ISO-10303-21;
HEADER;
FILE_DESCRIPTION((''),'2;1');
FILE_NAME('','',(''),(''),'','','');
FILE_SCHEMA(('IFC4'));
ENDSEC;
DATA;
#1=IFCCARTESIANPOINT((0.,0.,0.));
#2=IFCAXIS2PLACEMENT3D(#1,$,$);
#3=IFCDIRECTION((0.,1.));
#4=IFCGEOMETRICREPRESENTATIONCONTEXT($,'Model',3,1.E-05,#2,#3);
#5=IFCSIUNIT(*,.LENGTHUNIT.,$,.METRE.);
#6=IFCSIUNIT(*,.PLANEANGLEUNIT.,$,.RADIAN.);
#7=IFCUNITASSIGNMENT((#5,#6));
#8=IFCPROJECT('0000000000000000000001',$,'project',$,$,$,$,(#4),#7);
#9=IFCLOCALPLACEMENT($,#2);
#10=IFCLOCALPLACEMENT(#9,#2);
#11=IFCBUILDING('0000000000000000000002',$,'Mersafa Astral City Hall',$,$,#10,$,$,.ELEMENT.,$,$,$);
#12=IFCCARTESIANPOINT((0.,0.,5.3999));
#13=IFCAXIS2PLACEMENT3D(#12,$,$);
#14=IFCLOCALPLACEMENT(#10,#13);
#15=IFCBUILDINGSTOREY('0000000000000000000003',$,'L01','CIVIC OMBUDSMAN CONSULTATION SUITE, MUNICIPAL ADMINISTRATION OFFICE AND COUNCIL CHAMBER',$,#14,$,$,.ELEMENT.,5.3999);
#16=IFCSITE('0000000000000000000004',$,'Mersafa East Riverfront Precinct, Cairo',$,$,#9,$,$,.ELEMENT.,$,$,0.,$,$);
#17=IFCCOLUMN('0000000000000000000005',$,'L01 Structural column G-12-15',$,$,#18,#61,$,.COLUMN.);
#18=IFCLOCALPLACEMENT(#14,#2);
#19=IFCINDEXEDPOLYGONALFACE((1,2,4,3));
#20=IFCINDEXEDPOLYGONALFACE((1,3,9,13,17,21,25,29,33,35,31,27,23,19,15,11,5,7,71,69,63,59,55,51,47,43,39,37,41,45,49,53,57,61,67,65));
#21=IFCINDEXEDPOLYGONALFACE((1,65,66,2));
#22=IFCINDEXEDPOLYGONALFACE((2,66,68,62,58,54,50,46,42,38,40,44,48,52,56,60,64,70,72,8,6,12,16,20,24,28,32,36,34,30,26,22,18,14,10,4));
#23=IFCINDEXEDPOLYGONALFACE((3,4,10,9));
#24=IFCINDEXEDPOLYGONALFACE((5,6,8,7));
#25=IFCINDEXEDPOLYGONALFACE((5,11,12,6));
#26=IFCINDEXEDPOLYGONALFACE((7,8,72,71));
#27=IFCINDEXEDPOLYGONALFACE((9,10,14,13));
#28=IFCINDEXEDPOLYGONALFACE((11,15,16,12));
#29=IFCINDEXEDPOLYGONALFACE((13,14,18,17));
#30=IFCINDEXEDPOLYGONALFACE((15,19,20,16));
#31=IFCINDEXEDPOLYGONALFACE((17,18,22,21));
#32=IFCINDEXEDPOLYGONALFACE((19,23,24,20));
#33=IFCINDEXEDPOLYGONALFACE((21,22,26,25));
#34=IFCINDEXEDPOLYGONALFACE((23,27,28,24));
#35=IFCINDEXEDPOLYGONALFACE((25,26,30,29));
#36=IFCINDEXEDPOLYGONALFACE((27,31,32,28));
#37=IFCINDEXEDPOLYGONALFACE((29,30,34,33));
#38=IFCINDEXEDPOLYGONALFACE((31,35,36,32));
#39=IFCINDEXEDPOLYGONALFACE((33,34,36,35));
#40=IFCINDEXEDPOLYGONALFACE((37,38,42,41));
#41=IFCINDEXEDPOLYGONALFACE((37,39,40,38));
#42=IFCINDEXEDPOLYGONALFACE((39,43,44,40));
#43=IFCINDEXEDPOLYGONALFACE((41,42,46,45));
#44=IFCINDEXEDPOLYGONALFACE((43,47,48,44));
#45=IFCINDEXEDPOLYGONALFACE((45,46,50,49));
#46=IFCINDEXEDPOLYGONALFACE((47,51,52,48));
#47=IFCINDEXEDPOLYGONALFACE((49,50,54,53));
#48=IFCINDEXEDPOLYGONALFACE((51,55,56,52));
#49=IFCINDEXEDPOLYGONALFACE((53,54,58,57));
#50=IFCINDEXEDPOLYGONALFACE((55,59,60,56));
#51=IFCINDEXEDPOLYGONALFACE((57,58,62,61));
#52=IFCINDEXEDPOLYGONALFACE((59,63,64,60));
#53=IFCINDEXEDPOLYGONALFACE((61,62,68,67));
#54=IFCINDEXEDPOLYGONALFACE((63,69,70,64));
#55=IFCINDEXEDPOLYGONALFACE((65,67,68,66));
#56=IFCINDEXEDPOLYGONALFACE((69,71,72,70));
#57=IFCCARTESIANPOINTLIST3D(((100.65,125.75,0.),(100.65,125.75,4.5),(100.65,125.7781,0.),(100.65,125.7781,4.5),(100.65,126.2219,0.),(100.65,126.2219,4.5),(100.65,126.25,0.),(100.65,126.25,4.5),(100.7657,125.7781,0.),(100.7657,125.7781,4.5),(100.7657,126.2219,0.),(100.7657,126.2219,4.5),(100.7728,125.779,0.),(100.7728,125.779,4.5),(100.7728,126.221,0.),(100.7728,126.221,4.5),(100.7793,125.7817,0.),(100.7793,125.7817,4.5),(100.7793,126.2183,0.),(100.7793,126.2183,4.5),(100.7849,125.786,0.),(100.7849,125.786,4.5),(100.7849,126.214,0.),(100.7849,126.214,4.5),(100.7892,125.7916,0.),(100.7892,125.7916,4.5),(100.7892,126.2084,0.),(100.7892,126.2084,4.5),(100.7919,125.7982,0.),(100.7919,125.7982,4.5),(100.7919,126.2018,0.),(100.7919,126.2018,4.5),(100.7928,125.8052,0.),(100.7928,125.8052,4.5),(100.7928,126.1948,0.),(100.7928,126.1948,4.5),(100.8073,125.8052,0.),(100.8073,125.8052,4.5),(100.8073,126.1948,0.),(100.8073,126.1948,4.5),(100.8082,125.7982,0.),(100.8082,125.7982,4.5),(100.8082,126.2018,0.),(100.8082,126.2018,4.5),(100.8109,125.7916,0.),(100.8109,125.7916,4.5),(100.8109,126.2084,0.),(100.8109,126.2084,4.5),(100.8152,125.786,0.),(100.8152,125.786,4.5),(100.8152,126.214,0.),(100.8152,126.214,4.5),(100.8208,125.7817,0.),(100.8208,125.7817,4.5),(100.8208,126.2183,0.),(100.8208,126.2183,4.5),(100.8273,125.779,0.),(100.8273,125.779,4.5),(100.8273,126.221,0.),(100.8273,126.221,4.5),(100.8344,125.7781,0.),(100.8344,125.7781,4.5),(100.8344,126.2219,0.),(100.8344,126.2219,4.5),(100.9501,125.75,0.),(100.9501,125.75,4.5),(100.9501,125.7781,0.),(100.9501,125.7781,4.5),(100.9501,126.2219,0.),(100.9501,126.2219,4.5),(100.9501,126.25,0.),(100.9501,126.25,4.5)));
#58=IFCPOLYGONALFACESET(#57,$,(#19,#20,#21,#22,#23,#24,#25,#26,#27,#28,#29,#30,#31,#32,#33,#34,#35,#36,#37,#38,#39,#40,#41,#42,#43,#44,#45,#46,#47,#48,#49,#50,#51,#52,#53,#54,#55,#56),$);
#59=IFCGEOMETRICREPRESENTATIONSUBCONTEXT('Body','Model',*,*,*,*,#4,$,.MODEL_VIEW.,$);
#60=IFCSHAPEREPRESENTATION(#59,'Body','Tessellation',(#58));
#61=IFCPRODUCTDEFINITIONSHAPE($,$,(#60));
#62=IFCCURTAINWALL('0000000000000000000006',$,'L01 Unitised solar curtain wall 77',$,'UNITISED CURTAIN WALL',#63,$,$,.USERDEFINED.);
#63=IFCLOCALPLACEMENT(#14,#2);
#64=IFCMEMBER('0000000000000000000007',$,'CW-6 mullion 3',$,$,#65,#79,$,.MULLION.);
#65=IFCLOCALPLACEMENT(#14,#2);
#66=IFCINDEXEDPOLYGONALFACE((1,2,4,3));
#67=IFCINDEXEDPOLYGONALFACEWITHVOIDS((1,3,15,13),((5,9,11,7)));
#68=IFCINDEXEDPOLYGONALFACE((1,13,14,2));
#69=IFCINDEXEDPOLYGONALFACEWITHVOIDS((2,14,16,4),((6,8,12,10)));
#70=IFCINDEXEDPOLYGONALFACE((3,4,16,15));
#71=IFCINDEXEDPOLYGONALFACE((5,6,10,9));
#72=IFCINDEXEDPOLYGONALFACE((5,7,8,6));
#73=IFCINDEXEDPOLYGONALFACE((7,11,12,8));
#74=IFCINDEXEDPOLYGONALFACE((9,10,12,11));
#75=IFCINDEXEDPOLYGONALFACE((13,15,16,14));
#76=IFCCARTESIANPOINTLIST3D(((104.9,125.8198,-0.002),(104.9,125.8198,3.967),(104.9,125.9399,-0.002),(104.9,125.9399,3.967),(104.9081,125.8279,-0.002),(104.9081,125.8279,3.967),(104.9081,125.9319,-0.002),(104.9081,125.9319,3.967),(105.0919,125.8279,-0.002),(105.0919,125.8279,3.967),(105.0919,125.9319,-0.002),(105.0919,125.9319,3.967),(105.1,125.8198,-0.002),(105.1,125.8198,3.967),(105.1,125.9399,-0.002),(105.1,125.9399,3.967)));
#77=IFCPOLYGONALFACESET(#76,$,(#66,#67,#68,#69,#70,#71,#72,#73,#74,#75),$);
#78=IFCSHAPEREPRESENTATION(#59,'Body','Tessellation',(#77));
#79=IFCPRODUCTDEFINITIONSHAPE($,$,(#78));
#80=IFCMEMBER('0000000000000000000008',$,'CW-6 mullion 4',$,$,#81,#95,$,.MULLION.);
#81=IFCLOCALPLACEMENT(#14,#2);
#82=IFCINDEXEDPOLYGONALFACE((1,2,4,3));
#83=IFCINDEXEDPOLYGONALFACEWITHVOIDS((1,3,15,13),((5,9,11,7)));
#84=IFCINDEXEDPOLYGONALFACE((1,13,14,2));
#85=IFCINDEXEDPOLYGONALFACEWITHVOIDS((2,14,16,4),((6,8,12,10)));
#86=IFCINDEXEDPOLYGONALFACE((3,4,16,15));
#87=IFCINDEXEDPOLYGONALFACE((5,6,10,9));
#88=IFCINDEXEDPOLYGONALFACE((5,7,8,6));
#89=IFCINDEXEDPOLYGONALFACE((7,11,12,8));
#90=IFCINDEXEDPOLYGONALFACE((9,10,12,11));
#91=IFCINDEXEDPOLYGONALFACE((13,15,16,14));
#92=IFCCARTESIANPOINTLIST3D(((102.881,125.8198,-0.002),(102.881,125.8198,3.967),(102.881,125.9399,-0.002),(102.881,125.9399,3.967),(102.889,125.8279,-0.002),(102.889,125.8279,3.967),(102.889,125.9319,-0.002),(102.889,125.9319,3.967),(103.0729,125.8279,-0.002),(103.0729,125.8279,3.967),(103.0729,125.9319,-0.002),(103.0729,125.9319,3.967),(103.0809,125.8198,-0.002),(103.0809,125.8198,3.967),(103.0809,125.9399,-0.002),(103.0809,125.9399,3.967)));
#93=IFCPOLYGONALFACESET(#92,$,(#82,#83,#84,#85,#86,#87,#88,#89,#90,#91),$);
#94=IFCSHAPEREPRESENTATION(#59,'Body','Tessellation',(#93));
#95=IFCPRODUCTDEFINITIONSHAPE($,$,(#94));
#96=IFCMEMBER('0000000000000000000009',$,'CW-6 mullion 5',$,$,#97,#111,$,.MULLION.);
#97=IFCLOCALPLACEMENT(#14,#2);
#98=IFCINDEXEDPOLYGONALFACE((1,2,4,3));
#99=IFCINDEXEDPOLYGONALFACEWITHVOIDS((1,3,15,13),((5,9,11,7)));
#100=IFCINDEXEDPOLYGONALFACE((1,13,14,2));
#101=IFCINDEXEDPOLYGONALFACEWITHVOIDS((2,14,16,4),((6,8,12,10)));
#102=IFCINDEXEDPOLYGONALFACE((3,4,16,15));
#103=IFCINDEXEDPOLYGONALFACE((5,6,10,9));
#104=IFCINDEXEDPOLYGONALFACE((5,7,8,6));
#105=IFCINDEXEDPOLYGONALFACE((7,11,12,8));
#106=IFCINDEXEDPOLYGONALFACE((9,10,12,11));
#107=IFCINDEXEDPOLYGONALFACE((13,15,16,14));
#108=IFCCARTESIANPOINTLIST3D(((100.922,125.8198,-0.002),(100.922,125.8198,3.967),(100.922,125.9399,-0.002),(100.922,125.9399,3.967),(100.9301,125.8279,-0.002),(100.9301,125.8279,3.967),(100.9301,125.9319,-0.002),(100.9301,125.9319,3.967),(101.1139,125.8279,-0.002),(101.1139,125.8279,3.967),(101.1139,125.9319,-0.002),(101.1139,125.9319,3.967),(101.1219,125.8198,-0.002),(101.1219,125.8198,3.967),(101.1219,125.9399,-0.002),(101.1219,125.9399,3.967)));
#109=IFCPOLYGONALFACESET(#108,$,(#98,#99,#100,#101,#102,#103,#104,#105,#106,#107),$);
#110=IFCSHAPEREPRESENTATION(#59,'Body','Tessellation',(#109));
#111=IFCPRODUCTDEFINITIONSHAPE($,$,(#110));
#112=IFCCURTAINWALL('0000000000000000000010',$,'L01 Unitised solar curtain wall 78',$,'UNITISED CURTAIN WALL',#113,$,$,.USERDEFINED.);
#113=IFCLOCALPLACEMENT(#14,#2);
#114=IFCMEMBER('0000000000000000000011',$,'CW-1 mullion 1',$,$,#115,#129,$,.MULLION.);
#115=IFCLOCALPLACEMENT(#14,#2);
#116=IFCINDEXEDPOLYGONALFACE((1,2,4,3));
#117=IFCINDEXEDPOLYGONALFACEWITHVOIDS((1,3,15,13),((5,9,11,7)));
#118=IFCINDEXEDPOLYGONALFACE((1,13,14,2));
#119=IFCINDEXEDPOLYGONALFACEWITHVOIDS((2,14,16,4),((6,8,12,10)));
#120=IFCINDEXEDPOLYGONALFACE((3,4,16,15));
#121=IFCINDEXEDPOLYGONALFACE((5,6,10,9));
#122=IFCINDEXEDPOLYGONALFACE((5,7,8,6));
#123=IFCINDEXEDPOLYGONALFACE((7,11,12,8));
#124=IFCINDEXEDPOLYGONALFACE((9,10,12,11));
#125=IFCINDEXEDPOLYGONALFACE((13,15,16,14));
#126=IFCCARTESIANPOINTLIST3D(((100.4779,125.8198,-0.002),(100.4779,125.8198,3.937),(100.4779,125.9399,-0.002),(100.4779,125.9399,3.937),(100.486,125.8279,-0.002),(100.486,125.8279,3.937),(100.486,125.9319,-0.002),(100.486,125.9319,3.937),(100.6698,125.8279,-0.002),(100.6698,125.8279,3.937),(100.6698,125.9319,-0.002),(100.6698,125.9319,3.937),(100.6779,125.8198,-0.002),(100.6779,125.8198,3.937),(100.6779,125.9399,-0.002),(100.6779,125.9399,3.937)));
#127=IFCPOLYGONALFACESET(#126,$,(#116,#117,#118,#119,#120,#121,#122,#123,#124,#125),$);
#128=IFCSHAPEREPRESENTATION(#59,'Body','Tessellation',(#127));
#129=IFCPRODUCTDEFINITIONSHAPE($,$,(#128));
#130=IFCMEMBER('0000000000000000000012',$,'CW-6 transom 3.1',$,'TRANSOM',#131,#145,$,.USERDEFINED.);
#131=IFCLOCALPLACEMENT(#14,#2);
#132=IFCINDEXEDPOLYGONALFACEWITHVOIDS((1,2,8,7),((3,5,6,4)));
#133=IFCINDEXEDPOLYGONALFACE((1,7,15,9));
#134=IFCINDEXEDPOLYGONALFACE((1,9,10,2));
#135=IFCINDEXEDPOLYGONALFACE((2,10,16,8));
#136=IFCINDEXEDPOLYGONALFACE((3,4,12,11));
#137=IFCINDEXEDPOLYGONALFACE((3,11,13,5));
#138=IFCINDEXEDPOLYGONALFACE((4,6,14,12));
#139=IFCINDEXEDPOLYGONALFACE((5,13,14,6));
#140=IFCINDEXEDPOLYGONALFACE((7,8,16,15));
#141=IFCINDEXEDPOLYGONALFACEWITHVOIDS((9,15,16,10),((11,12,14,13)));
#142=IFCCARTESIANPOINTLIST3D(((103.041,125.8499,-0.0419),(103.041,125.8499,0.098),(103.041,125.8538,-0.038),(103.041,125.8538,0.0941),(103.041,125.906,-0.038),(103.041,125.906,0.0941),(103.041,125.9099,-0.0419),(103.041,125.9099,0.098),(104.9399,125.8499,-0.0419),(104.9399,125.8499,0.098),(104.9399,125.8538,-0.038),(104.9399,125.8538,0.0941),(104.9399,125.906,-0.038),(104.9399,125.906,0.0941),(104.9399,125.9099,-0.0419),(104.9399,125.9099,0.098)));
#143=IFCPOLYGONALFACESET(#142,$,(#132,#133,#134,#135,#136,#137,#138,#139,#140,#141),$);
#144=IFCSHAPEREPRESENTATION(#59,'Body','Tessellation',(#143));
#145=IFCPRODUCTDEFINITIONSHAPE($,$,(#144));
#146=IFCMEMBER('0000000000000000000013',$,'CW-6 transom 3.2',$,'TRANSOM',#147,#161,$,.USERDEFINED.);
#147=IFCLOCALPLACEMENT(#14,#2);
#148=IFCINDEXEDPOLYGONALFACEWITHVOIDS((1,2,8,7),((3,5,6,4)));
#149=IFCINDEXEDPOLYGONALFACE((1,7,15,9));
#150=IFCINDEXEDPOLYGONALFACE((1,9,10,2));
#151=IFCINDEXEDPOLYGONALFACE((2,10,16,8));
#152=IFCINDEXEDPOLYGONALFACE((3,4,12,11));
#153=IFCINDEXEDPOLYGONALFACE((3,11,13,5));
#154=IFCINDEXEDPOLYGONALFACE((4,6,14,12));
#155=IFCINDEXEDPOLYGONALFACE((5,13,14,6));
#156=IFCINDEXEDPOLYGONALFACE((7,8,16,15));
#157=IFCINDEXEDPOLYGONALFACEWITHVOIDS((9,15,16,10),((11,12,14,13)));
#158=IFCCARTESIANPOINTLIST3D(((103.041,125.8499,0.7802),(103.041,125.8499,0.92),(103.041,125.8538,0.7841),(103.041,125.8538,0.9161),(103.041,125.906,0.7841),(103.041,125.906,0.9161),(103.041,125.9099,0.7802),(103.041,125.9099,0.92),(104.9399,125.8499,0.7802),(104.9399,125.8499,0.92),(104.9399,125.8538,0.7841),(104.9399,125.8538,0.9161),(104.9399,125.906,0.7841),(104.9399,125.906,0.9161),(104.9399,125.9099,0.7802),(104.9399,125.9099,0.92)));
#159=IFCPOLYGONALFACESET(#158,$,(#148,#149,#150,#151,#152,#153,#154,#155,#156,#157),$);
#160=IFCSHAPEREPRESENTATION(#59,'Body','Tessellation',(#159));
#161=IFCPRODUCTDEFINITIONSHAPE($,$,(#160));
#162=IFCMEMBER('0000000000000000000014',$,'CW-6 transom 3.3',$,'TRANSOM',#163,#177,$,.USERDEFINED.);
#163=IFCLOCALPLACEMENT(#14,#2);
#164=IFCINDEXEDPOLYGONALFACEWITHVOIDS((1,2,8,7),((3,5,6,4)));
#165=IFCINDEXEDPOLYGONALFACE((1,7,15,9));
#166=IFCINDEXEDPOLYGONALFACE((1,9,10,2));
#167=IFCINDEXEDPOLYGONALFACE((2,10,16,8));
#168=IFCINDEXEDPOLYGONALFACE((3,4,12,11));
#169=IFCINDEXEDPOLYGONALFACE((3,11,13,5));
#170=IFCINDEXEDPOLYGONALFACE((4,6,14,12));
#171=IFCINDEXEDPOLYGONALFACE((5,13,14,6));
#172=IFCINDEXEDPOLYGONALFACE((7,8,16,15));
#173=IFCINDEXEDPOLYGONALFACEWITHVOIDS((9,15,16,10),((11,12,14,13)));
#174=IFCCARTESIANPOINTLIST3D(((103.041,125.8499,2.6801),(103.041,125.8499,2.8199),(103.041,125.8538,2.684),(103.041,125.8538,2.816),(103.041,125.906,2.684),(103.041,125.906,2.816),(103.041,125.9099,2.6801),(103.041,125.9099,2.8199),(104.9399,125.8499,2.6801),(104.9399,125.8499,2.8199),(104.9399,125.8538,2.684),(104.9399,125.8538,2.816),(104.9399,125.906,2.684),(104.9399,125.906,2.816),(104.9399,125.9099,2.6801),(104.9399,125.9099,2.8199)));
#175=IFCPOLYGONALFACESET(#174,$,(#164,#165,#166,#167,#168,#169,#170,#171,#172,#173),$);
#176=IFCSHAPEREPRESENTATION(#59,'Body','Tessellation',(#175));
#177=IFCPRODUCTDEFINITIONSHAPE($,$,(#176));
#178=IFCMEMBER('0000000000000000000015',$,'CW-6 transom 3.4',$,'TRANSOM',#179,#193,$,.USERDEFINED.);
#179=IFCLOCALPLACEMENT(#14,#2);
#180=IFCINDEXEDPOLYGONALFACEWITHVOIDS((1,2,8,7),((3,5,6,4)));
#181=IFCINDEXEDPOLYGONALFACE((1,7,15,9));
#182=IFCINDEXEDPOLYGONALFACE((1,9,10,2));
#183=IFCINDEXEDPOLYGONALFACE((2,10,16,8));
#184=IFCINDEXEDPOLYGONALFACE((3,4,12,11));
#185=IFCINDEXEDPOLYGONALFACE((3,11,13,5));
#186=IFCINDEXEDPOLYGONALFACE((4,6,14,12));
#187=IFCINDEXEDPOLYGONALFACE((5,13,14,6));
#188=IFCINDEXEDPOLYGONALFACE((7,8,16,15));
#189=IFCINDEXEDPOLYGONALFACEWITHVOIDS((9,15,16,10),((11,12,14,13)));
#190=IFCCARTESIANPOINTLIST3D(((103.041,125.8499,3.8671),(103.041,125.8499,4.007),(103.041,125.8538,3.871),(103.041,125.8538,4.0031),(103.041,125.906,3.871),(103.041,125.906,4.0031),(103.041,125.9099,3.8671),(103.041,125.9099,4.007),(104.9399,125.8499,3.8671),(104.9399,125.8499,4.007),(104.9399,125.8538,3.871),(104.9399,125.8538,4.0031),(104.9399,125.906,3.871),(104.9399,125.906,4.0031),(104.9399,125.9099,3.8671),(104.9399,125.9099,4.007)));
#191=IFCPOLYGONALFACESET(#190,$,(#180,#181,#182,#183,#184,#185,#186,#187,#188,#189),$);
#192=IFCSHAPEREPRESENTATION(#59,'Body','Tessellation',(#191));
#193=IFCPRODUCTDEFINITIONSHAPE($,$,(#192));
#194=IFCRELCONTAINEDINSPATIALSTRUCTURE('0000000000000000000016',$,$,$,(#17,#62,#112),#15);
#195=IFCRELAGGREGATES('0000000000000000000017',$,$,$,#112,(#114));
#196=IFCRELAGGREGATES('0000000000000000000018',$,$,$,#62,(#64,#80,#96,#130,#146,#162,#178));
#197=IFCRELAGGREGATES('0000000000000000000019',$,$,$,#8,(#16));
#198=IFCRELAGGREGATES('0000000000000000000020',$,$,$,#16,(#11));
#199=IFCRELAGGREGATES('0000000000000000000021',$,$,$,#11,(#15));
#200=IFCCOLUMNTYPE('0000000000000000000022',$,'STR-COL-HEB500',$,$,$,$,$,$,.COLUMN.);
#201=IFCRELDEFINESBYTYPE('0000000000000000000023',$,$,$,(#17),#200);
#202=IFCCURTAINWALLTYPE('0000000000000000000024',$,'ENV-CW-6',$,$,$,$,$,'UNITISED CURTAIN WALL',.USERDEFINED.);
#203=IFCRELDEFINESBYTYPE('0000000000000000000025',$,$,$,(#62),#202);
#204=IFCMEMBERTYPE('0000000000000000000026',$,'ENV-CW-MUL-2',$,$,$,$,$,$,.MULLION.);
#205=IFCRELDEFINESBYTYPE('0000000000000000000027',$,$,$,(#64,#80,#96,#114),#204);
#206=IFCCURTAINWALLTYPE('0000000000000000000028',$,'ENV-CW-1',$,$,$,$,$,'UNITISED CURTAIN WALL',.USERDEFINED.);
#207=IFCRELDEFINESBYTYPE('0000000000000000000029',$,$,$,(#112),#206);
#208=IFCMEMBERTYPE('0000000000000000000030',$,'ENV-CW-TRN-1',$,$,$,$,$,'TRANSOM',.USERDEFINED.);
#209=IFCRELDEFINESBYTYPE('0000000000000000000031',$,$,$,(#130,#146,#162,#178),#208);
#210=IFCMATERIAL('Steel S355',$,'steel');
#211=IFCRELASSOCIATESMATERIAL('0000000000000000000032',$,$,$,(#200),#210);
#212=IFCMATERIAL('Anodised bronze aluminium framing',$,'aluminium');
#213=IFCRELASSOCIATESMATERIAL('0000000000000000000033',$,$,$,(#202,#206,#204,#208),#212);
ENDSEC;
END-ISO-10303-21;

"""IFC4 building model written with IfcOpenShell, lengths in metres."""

from ifc_helpers import new_model, si_unit, direction, frame, origin, origin_2d, place, context, subcontext, project, spatial, hollow_rectangle, i_section, extrude, material, material_profile, profile_set, type_object, element, aggregate, save


model = new_model("IFC4")

# Units and contexts
model_context = context("Model", 3, precision=1e-05, world=origin(), true_north=direction((0.0, 1.0)))
body_context = subcontext(model_context, "Body", "Model", "MODEL_VIEW")
ifc_project = project(units=[si_unit("LENGTHUNIT", "METRE"), si_unit("PLANEANGLEUNIT", "RADIAN")], contexts=[model_context])

# Site, building, storey
site_placement = place(None, origin())
site = spatial("IfcSite", under=ifc_project, at=site_placement, Name="Mersafa East Riverfront Precinct, Cairo", CompositionType="ELEMENT", RefElevation=0.0)
building_placement = place(site_placement, origin())
building = spatial("IfcBuilding", under=site, at=building_placement, Name="Mersafa Astral City Hall", CompositionType="ELEMENT")
storey_placement = place(building_placement, frame((0.0, 0.0, 5.3999)))
storey = spatial("IfcBuildingStorey", under=building, at=storey_placement, Name="L01", Description="CIVIC OMBUDSMAN CONSULTATION SUITE, MUNICIPAL ADMINISTRATION OFFICE AND COUNCIL CHAMBER", CompositionType="ELEMENT", Elevation=5.3999)

# Column
ifc_material_1 = material(Name="Steel S355", Category="steel")
ifc_material_profile_1 = material_profile(ifc_material_1, i_section(OverallWidth=0.3, OverallDepth=0.5, WebThickness=0.0144, FlangeThickness=0.0281, FilletRadius=0.0271, at=origin_2d()), Name="HEB 500")
ifc_profile_set_1 = profile_set([ifc_material_profile_1], Name="Steel S355")
column_type = type_object("IfcColumnType", Name="STR-COL-HEB500", PredefinedType="COLUMN", material=ifc_profile_set_1)
column_placement = place(storey_placement, frame((100.8, 126.0, 0.0), z_axis=(0.0, 0.0, 1.0), x_axis=(1.0, 0.0, 0.0)))
element("IfcColumn", 1, at=column_placement, inside=storey, type_object=column_type, Name="L01 Structural column G-12-15", PredefinedType="COLUMN", context=body_context, shape_type="SweptSolid", body=[
    extrude(i_section(OverallWidth=0.3, OverallDepth=0.5, WebThickness=0.0144, FlangeThickness=0.0281, FilletRadius=0.0271, at=origin_2d()), origin(), (0.0, 0.0, 1.0), 4.5),
])

# Curtain wall, members
ifc_material_2 = material(Name="Anodised bronze aluminium framing", Category="aluminium")
curtain_wall_type_1 = type_object("IfcCurtainWallType", Name="ENV-CW-6", ElementType="UNITISED CURTAIN WALL", PredefinedType="USERDEFINED", material=ifc_material_2)
curtain_wall_1_placement = place(storey_placement, origin())
curtain_wall_1 = element("IfcCurtainWall", 2, at=curtain_wall_1_placement, inside=storey, type_object=curtain_wall_type_1, Name="L01 Unitised solar curtain wall 77", ObjectType="UNITISED CURTAIN WALL", PredefinedType="USERDEFINED")
ifc_material_profile_2 = material_profile(ifc_material_2, hollow_rectangle(XDim=0.1201, YDim=0.2, WallThickness=0.0081, at=origin_2d()), Name="RHS 120x200x8")
ifc_profile_set_2 = profile_set([ifc_material_profile_2], Name="Anodised bronze aluminium framing")
member_type_1 = type_object("IfcMemberType", Name="ENV-CW-MUL-2", PredefinedType="MULLION", material=ifc_profile_set_2)
member_1_placement = place(storey_placement, frame((105.0, 125.8799, -0.002), z_axis=(0.0, 0.0, 1.0), x_axis=(0.0, -1.0, 0.0)))
member_1 = element("IfcMember", 3, at=member_1_placement, type_object=member_type_1, Name="CW-6 mullion 3", PredefinedType="MULLION", context=body_context, shape_type="SweptSolid", body=[
    extrude(hollow_rectangle(XDim=0.1201, YDim=0.2, WallThickness=0.0081, at=origin_2d()), origin(), (0.0, 0.0, 1.0), 3.969),
])
member_2_placement = place(storey_placement, frame((102.981, 125.8799, -0.002), z_axis=(0.0, 0.0, 1.0), x_axis=(0.0, -1.0, 0.0)))
member_2 = element("IfcMember", 4, at=member_2_placement, type_object=member_type_1, Name="CW-6 mullion 4", PredefinedType="MULLION", context=body_context, shape_type="SweptSolid", body=[
    extrude(hollow_rectangle(XDim=0.1201, YDim=0.2, WallThickness=0.0081, at=origin_2d()), origin(), (0.0, 0.0, 1.0), 3.969),
])
member_3_placement = place(storey_placement, frame((101.022, 125.8799, -0.002), z_axis=(0.0, 0.0, 1.0), x_axis=(0.0, -1.0, 0.0)))
member_3 = element("IfcMember", 5, at=member_3_placement, type_object=member_type_1, Name="CW-6 mullion 5", PredefinedType="MULLION", context=body_context, shape_type="SweptSolid", body=[
    extrude(hollow_rectangle(XDim=0.1201, YDim=0.2, WallThickness=0.0081, at=origin_2d()), origin(), (0.0, 0.0, 1.0), 3.969),
])

# Curtain wall, member
curtain_wall_type_2 = type_object("IfcCurtainWallType", Name="ENV-CW-1", ElementType="UNITISED CURTAIN WALL", PredefinedType="USERDEFINED", material=ifc_material_2)
curtain_wall_2_placement = place(storey_placement, origin())
curtain_wall_2 = element("IfcCurtainWall", 6, at=curtain_wall_2_placement, inside=storey, type_object=curtain_wall_type_2, Name="L01 Unitised solar curtain wall 78", ObjectType="UNITISED CURTAIN WALL", PredefinedType="USERDEFINED")
member_4_placement = place(storey_placement, frame((100.5779, 125.8799, -0.002), z_axis=(0.0, 0.0, 1.0), x_axis=(0.0, -1.0, 0.0)))
member_4 = element("IfcMember", 7, at=member_4_placement, type_object=member_type_1, Name="CW-1 mullion 1", PredefinedType="MULLION", context=body_context, shape_type="SweptSolid", body=[
    extrude(hollow_rectangle(XDim=0.1201, YDim=0.2, WallThickness=0.0081, at=origin_2d()), origin(), (0.0, 0.0, 1.0), 3.939),
])
aggregate(curtain_wall_2, [member_4])

# Members
ifc_material_profile_3 = material_profile(ifc_material_2, hollow_rectangle(XDim=0.0601, YDim=0.1399, WallThickness=0.0039, at=origin_2d()), Name="RHS 60x140x4")
ifc_profile_set_3 = profile_set([ifc_material_profile_3], Name="Anodised bronze aluminium framing")
member_type_2 = type_object("IfcMemberType", Name="ENV-CW-TRN-1", ElementType="TRANSOM", PredefinedType="USERDEFINED", material=ifc_profile_set_3)
member_5_placement = place(storey_placement, frame((104.9399, 125.8799, 0.0281), z_axis=(-1.0, 0.0, 0.0), x_axis=(0.0, -1.0, 0.0)))
member_5 = element("IfcMember", 8, at=member_5_placement, type_object=member_type_2, Name="CW-6 transom 3.1", ObjectType="TRANSOM", PredefinedType="USERDEFINED", context=body_context, shape_type="SweptSolid", body=[
    extrude(hollow_rectangle(XDim=0.0601, YDim=0.1399, WallThickness=0.0039, at=origin_2d()), origin(), (0.0, 0.0, 1.0), 1.8989),
])
member_6_placement = place(storey_placement, frame((104.9399, 125.8799, 0.8501), z_axis=(-1.0, 0.0, 0.0), x_axis=(0.0, -1.0, 0.0)))
member_6 = element("IfcMember", 9, at=member_6_placement, type_object=member_type_2, Name="CW-6 transom 3.2", ObjectType="TRANSOM", PredefinedType="USERDEFINED", context=body_context, shape_type="SweptSolid", body=[
    extrude(hollow_rectangle(XDim=0.0601, YDim=0.1399, WallThickness=0.0039, at=origin_2d()), origin(), (0.0, 0.0, 1.0), 1.8989),
])
member_7_placement = place(storey_placement, frame((104.9399, 125.8799, 2.75), z_axis=(-1.0, 0.0, 0.0), x_axis=(0.0, -1.0, 0.0)))
member_7 = element("IfcMember", 10, at=member_7_placement, type_object=member_type_2, Name="CW-6 transom 3.3", ObjectType="TRANSOM", PredefinedType="USERDEFINED", context=body_context, shape_type="SweptSolid", body=[
    extrude(hollow_rectangle(XDim=0.0601, YDim=0.1399, WallThickness=0.0039, at=origin_2d()), origin(), (0.0, 0.0, 1.0), 1.8989),
])
member_8_placement = place(storey_placement, frame((104.9399, 125.8799, 3.937), z_axis=(-1.0, 0.0, 0.0), x_axis=(0.0, -1.0, 0.0)))
member_8 = element("IfcMember", 11, at=member_8_placement, type_object=member_type_2, Name="CW-6 transom 3.4", ObjectType="TRANSOM", PredefinedType="USERDEFINED", context=body_context, shape_type="SweptSolid", body=[
    extrude(hollow_rectangle(XDim=0.0601, YDim=0.1399, WallThickness=0.0039, at=origin_2d()), origin(), (0.0, 0.0, 1.0), 1.8989),
])

aggregate(curtain_wall_1, [member_1, member_2, member_3, member_5, member_6, member_7, member_8])

save(model, "model.ifc")
